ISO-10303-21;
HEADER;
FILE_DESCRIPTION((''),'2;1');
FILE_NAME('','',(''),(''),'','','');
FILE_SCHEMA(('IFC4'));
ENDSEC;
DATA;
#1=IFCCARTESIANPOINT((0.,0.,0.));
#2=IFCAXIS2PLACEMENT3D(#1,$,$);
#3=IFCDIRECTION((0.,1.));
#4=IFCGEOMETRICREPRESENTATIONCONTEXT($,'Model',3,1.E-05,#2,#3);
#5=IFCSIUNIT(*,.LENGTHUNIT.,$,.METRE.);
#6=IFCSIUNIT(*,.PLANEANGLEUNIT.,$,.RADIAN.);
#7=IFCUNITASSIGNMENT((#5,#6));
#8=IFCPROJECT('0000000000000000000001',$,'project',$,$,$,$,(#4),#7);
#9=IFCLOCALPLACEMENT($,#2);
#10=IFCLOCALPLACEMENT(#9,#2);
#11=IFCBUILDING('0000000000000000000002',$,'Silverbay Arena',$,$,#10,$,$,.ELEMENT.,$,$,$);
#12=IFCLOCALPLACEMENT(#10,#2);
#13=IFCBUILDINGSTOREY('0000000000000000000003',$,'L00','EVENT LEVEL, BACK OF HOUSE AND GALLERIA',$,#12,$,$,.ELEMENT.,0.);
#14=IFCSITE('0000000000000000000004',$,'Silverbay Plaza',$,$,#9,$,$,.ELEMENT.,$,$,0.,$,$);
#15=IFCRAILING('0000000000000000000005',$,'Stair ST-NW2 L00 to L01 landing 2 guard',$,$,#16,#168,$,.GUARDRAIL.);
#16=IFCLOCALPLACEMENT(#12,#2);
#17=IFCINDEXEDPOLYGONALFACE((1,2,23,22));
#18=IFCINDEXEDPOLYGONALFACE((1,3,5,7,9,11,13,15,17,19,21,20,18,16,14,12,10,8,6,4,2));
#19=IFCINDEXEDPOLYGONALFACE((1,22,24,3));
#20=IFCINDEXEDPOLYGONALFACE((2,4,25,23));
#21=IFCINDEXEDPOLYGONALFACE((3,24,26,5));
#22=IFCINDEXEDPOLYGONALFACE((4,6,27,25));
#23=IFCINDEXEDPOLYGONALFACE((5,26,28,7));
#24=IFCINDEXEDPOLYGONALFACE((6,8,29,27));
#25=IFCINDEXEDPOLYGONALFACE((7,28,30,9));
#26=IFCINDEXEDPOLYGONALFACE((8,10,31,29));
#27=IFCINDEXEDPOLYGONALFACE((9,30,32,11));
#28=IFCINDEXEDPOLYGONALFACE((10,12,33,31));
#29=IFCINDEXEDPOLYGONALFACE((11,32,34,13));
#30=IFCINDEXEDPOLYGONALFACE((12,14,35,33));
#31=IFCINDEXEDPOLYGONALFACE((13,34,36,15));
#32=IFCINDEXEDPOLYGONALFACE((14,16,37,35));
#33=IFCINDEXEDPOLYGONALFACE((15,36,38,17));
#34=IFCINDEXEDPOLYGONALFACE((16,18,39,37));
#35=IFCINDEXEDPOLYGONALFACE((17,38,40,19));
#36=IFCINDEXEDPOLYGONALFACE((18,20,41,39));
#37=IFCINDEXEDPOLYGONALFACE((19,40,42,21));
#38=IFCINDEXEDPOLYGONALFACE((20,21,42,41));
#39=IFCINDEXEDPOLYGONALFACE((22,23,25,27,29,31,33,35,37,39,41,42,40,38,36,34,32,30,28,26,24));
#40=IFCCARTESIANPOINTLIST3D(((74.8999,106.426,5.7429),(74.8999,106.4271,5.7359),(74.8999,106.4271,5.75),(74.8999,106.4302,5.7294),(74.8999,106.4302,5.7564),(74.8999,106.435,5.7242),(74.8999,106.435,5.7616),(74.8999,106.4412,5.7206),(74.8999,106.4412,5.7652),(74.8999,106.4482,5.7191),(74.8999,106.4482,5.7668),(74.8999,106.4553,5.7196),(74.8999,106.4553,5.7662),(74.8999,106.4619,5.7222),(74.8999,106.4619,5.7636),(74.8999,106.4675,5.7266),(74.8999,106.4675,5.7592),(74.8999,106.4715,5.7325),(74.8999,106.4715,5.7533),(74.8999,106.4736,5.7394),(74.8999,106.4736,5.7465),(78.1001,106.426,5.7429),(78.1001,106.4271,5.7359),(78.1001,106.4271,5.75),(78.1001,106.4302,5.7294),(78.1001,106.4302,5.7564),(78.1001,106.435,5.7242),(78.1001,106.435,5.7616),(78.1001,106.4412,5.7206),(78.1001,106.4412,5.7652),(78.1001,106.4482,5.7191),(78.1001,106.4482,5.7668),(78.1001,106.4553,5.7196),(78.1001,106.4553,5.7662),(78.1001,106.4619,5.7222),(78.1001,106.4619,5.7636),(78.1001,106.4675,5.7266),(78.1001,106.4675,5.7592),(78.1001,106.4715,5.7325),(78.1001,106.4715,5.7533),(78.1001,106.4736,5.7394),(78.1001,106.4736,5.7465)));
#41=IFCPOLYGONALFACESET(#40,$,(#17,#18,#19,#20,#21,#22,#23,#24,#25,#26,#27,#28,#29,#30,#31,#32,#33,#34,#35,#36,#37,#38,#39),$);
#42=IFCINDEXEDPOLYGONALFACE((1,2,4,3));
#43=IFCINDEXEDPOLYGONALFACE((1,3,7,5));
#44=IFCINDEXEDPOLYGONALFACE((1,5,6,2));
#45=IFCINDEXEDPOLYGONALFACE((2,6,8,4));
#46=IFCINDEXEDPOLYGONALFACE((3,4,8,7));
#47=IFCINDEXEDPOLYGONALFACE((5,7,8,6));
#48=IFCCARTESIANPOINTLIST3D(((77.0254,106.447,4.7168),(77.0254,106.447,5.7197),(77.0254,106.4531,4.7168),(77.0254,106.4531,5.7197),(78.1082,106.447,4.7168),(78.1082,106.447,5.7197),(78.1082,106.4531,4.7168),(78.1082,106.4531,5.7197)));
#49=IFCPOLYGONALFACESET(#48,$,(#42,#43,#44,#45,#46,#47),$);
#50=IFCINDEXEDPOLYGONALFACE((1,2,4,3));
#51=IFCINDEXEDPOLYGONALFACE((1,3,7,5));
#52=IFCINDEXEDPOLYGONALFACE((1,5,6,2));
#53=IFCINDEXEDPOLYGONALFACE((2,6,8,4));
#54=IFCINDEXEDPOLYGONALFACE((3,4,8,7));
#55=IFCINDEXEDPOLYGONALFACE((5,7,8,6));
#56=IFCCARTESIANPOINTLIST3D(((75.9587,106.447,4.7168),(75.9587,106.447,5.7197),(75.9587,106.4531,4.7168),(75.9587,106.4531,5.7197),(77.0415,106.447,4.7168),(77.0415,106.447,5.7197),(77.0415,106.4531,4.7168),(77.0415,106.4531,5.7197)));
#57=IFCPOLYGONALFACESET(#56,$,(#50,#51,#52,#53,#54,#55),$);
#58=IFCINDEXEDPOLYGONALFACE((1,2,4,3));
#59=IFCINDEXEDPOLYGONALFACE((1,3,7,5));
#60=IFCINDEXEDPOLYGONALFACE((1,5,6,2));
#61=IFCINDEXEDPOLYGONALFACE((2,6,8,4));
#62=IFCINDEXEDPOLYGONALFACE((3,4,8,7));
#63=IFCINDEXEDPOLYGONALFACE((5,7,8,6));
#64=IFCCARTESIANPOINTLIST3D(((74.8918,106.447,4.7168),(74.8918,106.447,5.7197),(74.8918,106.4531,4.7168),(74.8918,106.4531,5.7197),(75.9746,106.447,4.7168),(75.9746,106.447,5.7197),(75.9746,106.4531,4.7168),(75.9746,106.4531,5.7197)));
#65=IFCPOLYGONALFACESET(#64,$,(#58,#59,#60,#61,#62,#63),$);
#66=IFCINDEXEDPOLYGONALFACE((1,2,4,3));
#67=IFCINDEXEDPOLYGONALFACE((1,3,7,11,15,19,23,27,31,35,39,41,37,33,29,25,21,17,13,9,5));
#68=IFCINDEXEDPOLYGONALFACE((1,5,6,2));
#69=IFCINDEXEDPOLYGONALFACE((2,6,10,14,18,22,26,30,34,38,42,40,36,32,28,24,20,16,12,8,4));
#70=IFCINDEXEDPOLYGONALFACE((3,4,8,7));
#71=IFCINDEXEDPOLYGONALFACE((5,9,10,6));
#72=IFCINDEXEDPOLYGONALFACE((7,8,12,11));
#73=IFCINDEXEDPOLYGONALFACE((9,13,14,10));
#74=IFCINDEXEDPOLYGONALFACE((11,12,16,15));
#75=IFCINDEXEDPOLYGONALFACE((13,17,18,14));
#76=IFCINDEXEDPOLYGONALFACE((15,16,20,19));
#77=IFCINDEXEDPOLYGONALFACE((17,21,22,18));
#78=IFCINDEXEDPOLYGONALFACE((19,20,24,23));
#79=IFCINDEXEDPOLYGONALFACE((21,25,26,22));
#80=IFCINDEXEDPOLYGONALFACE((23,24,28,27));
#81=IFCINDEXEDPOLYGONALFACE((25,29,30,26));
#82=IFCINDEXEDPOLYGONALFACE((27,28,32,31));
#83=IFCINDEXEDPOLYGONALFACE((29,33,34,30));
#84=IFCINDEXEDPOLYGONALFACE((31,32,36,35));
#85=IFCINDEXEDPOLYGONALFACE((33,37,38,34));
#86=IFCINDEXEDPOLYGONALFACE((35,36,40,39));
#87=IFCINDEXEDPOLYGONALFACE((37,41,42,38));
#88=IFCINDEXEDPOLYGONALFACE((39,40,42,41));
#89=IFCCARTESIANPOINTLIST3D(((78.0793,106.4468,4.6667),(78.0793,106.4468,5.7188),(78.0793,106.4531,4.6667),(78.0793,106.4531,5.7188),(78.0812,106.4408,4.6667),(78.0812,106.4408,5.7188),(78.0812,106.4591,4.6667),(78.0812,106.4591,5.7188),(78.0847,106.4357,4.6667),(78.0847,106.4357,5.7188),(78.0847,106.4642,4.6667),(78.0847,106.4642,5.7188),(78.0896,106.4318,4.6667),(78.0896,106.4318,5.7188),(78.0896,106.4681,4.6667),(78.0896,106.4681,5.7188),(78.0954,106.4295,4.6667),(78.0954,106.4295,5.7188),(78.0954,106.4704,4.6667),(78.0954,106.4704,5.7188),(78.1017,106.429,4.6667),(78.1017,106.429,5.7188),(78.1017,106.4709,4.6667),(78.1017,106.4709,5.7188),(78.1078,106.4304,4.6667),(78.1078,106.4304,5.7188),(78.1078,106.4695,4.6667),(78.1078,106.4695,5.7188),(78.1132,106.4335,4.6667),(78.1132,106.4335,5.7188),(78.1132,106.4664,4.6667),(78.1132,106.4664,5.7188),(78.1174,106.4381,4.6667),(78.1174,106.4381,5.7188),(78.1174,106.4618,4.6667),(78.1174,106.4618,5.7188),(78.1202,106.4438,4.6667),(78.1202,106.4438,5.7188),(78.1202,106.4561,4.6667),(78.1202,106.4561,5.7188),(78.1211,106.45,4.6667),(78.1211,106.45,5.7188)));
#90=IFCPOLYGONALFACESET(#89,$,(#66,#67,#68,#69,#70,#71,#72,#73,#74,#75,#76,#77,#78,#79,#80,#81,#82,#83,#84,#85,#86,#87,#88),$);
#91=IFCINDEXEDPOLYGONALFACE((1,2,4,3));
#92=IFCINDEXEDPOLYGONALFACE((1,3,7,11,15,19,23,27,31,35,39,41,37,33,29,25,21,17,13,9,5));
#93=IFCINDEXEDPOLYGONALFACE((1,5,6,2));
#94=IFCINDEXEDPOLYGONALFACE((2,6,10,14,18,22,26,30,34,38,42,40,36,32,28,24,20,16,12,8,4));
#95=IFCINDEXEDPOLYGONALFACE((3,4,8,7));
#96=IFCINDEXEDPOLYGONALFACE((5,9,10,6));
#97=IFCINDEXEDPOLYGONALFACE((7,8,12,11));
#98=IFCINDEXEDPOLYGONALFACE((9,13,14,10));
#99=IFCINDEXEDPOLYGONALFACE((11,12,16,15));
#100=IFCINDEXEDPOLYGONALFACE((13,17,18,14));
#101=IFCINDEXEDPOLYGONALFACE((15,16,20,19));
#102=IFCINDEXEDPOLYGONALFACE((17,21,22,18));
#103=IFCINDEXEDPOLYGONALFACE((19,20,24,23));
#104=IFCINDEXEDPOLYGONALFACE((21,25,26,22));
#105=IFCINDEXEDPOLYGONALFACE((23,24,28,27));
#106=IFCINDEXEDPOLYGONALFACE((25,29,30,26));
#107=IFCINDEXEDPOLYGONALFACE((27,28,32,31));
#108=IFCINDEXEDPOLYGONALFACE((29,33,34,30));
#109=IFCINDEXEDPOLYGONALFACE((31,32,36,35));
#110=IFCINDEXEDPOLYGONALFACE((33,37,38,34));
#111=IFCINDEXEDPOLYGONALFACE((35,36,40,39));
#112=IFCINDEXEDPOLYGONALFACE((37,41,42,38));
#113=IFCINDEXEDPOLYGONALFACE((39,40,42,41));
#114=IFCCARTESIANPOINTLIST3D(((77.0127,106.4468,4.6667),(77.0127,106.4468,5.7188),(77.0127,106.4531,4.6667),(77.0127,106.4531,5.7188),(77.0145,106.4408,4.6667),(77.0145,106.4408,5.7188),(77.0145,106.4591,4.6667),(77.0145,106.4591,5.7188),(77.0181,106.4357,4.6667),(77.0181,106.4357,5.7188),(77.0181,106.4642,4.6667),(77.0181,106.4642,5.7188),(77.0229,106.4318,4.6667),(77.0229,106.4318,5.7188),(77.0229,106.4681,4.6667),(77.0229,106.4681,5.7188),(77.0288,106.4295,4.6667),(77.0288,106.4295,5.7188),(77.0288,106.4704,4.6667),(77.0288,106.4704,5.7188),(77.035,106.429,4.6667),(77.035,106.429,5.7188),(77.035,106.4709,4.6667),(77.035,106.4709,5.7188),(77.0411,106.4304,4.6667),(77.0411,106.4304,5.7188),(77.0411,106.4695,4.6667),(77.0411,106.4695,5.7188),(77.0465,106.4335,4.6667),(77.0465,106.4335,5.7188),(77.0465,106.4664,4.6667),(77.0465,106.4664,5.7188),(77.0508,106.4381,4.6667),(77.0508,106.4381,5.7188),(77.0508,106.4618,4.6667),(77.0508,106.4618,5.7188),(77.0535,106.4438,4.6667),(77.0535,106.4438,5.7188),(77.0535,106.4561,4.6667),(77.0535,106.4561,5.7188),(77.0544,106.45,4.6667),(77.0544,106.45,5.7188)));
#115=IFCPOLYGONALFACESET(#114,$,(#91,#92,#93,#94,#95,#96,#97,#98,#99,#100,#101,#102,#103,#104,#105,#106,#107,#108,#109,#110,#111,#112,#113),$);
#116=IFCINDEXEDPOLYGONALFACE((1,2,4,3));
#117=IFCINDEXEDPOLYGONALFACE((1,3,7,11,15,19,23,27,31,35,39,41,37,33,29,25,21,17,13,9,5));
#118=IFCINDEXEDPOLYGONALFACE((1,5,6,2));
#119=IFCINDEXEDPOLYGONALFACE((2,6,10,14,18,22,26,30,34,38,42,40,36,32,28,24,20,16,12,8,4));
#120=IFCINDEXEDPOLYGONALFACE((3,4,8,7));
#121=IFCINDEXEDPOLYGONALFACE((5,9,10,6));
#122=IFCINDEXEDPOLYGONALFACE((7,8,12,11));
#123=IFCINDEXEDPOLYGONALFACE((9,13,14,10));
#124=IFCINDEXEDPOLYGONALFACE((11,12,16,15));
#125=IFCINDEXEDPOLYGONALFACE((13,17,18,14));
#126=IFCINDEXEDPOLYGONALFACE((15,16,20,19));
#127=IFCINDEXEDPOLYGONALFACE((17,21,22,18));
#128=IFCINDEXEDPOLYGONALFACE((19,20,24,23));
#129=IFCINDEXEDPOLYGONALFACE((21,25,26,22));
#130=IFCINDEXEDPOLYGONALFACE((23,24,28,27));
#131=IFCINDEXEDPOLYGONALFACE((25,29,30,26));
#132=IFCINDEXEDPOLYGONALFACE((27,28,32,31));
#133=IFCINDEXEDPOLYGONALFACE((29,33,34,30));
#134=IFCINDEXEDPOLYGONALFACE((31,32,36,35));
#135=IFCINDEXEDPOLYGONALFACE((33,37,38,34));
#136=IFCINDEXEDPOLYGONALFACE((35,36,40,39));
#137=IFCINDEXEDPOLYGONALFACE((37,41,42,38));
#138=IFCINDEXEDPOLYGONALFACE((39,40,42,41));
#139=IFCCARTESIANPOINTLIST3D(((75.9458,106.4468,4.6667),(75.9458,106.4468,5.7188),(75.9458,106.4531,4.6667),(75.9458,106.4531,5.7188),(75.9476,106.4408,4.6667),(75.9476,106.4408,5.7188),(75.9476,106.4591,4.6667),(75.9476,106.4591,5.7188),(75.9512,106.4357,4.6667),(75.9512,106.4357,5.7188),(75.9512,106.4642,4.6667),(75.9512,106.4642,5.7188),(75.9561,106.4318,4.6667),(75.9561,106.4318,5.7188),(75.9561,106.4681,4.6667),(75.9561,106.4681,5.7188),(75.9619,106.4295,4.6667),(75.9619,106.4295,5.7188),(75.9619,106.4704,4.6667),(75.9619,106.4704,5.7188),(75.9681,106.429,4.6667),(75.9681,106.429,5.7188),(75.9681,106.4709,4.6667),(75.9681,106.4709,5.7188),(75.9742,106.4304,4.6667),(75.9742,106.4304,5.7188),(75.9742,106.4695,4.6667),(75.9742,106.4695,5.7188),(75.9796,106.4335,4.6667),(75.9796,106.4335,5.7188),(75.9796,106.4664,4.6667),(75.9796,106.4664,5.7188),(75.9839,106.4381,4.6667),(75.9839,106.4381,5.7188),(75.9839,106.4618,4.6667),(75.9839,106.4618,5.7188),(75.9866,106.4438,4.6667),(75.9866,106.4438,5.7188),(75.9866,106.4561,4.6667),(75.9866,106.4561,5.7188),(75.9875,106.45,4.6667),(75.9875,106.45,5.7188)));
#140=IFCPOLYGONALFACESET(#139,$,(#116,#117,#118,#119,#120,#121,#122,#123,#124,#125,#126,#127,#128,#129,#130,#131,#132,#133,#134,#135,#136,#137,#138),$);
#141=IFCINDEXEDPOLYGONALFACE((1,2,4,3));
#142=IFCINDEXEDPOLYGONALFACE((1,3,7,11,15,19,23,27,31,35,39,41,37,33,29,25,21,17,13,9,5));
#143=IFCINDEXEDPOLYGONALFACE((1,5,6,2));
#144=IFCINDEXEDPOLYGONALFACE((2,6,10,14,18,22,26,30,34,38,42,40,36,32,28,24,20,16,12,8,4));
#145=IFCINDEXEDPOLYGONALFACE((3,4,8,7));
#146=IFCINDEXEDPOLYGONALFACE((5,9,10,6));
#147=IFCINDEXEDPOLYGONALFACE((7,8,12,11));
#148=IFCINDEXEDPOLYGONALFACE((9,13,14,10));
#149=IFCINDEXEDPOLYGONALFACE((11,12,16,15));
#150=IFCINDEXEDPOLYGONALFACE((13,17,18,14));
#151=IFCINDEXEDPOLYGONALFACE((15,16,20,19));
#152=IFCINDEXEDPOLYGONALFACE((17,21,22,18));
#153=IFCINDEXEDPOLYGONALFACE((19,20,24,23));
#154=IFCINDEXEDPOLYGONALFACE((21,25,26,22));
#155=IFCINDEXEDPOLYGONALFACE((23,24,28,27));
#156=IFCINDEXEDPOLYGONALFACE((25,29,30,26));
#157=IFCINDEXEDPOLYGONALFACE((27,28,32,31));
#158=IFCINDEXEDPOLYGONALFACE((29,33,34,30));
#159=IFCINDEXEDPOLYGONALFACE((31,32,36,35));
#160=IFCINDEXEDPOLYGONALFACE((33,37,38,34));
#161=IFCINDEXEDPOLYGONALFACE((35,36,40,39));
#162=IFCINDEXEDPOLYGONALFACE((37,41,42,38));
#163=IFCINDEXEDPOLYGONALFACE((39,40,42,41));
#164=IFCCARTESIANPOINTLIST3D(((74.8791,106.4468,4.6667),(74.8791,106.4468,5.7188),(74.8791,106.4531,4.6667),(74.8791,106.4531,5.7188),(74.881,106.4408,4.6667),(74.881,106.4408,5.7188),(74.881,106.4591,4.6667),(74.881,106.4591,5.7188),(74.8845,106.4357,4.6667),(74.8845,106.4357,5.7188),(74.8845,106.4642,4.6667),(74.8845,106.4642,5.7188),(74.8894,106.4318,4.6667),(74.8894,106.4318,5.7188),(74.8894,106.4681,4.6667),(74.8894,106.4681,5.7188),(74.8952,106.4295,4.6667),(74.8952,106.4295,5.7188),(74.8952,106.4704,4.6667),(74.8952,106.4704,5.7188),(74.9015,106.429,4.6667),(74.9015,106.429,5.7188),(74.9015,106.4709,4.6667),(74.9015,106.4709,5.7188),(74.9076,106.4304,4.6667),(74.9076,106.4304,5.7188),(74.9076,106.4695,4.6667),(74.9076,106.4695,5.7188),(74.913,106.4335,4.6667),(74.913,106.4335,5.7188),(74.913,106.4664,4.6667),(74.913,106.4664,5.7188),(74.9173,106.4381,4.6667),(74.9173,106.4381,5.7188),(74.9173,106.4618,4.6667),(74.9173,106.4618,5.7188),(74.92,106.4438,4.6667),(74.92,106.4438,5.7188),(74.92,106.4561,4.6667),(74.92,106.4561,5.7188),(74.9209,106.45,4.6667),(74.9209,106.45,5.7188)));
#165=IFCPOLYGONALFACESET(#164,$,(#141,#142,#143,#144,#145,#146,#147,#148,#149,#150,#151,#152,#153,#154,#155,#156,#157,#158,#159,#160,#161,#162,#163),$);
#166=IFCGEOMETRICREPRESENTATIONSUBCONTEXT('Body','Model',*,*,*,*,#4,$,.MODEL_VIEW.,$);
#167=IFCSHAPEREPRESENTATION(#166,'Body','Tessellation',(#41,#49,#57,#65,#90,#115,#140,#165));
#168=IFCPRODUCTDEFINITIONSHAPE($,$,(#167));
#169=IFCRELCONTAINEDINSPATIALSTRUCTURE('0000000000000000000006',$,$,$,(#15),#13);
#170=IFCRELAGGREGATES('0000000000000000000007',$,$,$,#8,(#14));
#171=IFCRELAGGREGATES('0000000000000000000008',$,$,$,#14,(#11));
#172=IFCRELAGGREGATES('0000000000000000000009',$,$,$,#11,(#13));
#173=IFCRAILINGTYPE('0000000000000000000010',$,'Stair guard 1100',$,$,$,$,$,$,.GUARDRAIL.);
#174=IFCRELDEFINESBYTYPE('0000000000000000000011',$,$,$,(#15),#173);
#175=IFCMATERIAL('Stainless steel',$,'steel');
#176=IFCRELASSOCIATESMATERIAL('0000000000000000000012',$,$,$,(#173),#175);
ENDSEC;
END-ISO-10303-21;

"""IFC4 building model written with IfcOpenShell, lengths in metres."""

from ifc_helpers import new_model, si_unit, direction, frame, origin, origin_2d, place, context, subcontext, project, spatial, polyline, circle, outline, extrude, material, type_object, element, save


model = new_model("IFC4")

# Units and contexts
model_context = context("Model", 3, precision=1e-05, world=origin(), true_north=direction((0.0, 1.0)))
body_context = subcontext(model_context, "Body", "Model", "MODEL_VIEW")
ifc_project = project(units=[si_unit("LENGTHUNIT", "METRE"), si_unit("PLANEANGLEUNIT", "RADIAN")], contexts=[model_context])

# Site, building, storey
site_placement = place(None, origin())
site = spatial("IfcSite", under=ifc_project, at=site_placement, Name="Silverbay Plaza", CompositionType="ELEMENT", RefElevation=0.0)
building_placement = place(site_placement, origin())
building = spatial("IfcBuilding", under=site, at=building_placement, Name="Silverbay Arena", CompositionType="ELEMENT")
storey_placement = place(building_placement, origin())
storey = spatial("IfcBuildingStorey", under=building, at=storey_placement, Name="L00", Description="EVENT LEVEL, BACK OF HOUSE AND GALLERIA", CompositionType="ELEMENT", Elevation=0.0)

# Railing
ifc_material_1 = material(Name="Stainless steel", Category="steel")
railing_type_1 = type_object("IfcRailingType", Name="Stair guard 1100", PredefinedType="GUARDRAIL", material=ifc_material_1)
railing_1_placement = place(storey_placement, frame((78.1001, 106.45, 4.6667)))
element("IfcRailing", 1, at=railing_1_placement, inside=storey, type_object=railing_type_1, Name="Stair ST-NW2 L00 to L01 landing 2 guard", PredefinedType="GUARDRAIL", context=body_context, shape_type="SweptSolid", body=[
    extrude(circle(Radius=0.0239, at=origin_2d()), frame((0.0, 0.0, 1.0762), z_axis=(-1.0, 0.0, 0.0), x_axis=(0.0, -1.0, 0.0)), (0.0, 0.0, 1.0), 3.2002),
    extrude(outline(polyline([(-0.0081, 0.05), (1.0747, 0.05), (1.0747, 1.053), (-0.0081, 1.053), (-0.0081, 0.05)])), frame((0.0, -0.0029, 0.0), z_axis=(0.0, 1.0, 0.0), x_axis=(-1.0, 0.0, 0.0)), (0.0, 0.0, 1.0), 0.0061),
    extrude(outline(polyline([(-0.0081, 0.05), (1.0747, 0.05), (1.0747, 1.053), (-0.0081, 1.053), (-0.0081, 0.05)])), frame((-1.0667, -0.0029, 0.0), z_axis=(0.0, 1.0, 0.0), x_axis=(-1.0, 0.0, 0.0)), (0.0, 0.0, 1.0), 0.0061),
    extrude(outline(polyline([(-0.0081, 0.05), (1.0747, 0.05), (1.0747, 1.053), (-0.0081, 1.053), (-0.0081, 0.05)])), frame((-2.1335, -0.0029, 0.0), z_axis=(0.0, 1.0, 0.0), x_axis=(-1.0, 0.0, 0.0)), (0.0, 0.0, 1.0), 0.0061),
    extrude(circle(Radius=0.021, at=origin_2d()), origin(), (0.0, 0.0, 1.0), 1.052),
    extrude(circle(Radius=0.021, at=origin_2d()), frame((-1.0667, 0.0, 0.0)), (0.0, 0.0, 1.0), 1.052),
    extrude(circle(Radius=0.021, at=origin_2d()), frame((-2.1335, 0.0, 0.0)), (0.0, 0.0, 1.0), 1.052),
    extrude(circle(Radius=0.021, at=origin_2d()), frame((-3.2002, 0.0, 0.0)), (0.0, 0.0, 1.0), 1.052),
])

save(model, "model.ifc")
